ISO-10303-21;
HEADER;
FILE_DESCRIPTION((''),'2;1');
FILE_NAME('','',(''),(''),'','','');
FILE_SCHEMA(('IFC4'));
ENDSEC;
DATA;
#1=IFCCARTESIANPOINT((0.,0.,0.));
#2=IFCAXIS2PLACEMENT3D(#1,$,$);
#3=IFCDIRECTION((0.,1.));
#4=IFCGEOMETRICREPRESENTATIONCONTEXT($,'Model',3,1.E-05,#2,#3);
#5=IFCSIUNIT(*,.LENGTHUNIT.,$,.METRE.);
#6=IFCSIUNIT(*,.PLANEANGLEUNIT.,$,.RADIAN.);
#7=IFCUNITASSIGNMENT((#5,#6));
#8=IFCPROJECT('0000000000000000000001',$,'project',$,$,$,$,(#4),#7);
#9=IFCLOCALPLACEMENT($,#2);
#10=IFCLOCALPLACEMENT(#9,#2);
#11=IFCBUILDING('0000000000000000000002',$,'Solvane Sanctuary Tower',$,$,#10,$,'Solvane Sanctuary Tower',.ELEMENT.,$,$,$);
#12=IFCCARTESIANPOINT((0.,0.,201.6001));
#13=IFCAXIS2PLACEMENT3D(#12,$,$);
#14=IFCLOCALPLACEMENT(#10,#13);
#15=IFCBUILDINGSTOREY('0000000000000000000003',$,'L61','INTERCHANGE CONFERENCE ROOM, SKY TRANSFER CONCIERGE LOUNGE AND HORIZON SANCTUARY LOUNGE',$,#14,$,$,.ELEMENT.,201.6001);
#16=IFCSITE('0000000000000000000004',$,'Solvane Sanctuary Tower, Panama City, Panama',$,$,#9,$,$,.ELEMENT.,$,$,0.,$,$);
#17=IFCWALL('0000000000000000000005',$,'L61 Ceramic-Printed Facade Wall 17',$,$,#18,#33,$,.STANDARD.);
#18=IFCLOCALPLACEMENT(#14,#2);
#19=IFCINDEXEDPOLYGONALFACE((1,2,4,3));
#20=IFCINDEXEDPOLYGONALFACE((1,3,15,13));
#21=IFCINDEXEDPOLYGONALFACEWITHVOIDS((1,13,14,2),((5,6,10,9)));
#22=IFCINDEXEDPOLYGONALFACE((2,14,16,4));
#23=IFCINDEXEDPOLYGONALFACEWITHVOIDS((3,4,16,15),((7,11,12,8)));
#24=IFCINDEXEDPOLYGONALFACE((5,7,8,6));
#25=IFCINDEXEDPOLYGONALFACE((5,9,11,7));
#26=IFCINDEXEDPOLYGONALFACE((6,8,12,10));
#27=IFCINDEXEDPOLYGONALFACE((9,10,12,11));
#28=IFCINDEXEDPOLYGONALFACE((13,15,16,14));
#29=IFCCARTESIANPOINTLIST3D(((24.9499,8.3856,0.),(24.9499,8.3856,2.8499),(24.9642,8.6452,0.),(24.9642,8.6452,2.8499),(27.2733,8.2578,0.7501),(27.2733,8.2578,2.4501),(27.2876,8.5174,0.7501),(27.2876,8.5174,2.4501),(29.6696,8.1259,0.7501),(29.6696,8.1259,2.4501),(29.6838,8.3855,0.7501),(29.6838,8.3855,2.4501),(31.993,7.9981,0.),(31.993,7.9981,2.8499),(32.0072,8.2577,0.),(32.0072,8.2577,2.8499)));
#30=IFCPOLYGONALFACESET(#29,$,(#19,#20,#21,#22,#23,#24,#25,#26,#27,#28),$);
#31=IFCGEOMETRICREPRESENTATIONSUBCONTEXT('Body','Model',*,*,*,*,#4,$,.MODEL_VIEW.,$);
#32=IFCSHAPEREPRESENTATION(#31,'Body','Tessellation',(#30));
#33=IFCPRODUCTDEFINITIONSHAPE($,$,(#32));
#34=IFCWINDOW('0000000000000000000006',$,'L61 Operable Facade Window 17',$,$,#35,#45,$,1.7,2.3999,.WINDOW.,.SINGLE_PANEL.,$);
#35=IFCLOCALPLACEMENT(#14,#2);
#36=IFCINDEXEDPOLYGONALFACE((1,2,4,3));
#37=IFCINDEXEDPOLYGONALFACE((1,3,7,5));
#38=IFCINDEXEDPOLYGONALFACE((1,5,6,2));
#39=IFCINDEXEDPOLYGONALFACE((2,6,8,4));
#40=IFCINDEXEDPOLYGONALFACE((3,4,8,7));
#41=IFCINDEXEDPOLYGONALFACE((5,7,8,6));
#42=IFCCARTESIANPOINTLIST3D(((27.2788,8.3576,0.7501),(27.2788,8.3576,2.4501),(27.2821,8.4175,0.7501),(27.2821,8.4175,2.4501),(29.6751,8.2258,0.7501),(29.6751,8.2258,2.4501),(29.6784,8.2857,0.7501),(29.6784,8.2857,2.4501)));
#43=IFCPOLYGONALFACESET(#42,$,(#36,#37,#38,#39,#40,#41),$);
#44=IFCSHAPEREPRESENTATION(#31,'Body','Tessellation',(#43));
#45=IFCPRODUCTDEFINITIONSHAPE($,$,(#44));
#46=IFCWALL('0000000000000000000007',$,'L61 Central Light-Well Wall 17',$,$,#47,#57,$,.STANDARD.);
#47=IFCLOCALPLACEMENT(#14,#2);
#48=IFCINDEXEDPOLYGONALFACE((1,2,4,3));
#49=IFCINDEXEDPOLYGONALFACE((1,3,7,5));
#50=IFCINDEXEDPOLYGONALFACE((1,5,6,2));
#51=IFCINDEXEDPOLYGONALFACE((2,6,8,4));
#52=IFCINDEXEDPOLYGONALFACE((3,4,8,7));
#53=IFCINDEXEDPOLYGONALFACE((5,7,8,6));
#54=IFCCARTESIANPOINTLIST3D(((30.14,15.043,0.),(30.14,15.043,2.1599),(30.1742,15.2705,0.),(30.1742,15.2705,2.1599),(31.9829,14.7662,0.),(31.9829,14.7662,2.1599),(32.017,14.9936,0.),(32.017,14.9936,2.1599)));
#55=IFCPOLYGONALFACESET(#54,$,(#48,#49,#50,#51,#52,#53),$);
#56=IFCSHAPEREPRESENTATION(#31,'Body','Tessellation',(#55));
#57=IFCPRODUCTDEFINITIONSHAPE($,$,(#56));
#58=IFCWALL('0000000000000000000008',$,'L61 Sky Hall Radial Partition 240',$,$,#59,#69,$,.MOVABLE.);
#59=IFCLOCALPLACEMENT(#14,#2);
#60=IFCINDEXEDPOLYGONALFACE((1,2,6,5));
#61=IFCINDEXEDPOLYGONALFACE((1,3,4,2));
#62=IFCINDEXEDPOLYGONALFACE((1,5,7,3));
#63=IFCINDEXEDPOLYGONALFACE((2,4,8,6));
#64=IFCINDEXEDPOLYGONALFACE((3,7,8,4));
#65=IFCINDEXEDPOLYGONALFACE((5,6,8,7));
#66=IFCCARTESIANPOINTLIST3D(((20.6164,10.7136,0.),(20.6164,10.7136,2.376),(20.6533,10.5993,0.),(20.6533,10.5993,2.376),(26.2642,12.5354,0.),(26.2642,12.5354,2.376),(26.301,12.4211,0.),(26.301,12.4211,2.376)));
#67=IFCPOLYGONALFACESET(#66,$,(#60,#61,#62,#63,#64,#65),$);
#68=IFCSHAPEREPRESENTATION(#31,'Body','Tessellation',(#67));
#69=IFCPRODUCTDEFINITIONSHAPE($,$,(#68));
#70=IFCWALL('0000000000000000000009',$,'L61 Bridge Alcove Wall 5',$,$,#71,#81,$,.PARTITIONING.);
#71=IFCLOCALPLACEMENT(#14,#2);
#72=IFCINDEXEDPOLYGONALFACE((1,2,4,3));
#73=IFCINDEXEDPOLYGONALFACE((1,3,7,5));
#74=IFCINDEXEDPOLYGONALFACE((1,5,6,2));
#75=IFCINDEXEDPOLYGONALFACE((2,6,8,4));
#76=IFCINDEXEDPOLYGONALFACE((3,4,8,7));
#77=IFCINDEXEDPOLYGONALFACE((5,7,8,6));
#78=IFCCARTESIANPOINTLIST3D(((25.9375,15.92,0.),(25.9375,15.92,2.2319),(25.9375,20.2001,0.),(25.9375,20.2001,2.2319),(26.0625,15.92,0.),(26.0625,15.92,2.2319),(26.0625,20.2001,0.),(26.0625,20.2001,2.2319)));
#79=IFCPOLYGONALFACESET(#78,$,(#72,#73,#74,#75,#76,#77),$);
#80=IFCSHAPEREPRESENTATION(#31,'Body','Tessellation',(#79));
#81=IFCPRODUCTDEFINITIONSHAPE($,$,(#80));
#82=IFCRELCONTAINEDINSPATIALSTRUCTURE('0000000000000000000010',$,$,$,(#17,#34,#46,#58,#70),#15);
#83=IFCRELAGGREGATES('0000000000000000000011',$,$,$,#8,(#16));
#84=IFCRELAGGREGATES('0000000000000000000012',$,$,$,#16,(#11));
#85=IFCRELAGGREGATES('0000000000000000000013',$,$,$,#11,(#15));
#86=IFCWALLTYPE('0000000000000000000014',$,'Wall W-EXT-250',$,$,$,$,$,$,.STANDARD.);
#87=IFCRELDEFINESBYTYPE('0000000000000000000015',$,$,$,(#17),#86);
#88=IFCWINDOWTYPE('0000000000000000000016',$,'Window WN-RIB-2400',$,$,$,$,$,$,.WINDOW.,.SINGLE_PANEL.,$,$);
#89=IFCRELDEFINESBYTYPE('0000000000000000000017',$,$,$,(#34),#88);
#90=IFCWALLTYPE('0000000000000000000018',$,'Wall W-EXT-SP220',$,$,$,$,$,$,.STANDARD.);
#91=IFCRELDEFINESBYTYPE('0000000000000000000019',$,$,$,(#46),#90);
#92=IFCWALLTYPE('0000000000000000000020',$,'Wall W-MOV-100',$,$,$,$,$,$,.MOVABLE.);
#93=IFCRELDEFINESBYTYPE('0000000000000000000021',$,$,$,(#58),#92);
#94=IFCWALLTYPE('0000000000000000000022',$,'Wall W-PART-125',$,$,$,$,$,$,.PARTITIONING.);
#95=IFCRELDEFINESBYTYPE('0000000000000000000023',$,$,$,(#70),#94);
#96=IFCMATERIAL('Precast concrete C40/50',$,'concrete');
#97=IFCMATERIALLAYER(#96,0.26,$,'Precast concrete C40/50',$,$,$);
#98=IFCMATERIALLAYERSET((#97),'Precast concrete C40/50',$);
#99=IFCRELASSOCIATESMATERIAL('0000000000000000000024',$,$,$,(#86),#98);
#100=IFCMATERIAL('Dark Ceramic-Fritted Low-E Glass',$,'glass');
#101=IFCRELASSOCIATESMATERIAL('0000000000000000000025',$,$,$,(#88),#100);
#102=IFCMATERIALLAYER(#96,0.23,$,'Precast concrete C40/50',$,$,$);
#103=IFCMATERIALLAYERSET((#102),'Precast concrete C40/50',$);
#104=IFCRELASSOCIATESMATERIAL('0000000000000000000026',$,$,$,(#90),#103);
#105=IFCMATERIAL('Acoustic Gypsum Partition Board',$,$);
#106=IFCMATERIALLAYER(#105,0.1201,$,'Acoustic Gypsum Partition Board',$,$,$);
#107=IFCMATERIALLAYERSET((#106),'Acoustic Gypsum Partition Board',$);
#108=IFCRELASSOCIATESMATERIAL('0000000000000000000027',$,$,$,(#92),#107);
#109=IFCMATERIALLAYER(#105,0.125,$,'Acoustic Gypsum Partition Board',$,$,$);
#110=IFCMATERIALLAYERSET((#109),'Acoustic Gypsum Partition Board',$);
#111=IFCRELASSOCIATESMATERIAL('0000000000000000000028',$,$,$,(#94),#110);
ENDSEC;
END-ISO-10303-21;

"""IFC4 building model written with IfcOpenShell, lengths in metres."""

from ifc_helpers import new_model, si_unit, direction, frame, frame_2d, origin, place, context, subcontext, project, spatial, rectangle, extrude, material, layer, layer_set, type_object, element, fill, save


model = new_model("IFC4")

# Units and contexts
model_context = context("Model", 3, precision=1e-05, world=origin(), true_north=direction((0.0, 1.0)))
body_context = subcontext(model_context, "Body", "Model", "MODEL_VIEW")
ifc_project = project(units=[si_unit("LENGTHUNIT", "METRE"), si_unit("PLANEANGLEUNIT", "RADIAN")], contexts=[model_context])

# Site, building, storey
site_placement = place(None, origin())
site = spatial("IfcSite", under=ifc_project, at=site_placement, Name="Solvane Sanctuary Tower, Panama City, Panama", CompositionType="ELEMENT", RefElevation=0.0)
building_placement = place(site_placement, origin())
building = spatial("IfcBuilding", under=site, at=building_placement, Name="Solvane Sanctuary Tower", LongName="Solvane Sanctuary Tower", CompositionType="ELEMENT")
storey_placement = place(building_placement, frame((0.0, 0.0, 201.6001)))
storey = spatial("IfcBuildingStorey", under=building, at=storey_placement, Name="L61", Description="INTERCHANGE CONFERENCE ROOM, SKY TRANSFER CONCIERGE LOUNGE AND HORIZON SANCTUARY LOUNGE", CompositionType="ELEMENT", Elevation=201.6001)

# Shared definitions
ifc_material_1 = material(Name="Acoustic Gypsum Partition Board")

# Wall, opening, window
ifc_material_2 = material(Name="Precast concrete C40/50", Category="concrete")
ifc_layer_1 = layer(ifc_material_2, 0.26, Name="Precast concrete C40/50")
ifc_layer_set_1 = layer_set([ifc_layer_1], Name="Precast concrete C40/50")
wall_type_1 = type_object("IfcWallType", Name="Wall W-EXT-250", PredefinedType="STANDARD", material=ifc_layer_set_1)
ifc_material_3 = material(Name="Dark Ceramic-Fritted Low-E Glass", Category="glass")
wall_1_placement = place(storey_placement, frame((24.957, 8.5154, 0.0), z_axis=(0.0, 0.0, 1.0), x_axis=(0.99849, -0.054929, 0.0)))
wall_1 = element("IfcWall", 1, at=wall_1_placement, inside=storey, type_object=wall_type_1, Name="L61 Ceramic-Printed Facade Wall 17", PredefinedType="STANDARD", context=body_context, shape_type="SweptSolid", body=[
    extrude(rectangle(XDim=7.0537, YDim=0.26, at=frame_2d((3.5269, 0.0))), origin(), (0.0, 0.0, 1.0), 2.8499),
])
opening_1_placement = place(wall_1_placement, frame((2.3269, 0.0, 0.75)))
opening_1 = element("IfcOpeningElement", 2, at=opening_1_placement, cuts=wall_1, PredefinedType="OPENING", context=body_context, shape_type="SweptSolid", body=[
    extrude(rectangle(XDim=2.3999, YDim=1.7, at=frame_2d((1.2, 0.8501))), frame((0.0, 0.1399, 0.0), z_axis=(0.0, -1.0, 0.0), x_axis=(1.0, 0.0, 0.0)), (0.0, 0.0, 1.0), 0.28),
])
window_type_1 = type_object("IfcWindowType", Name="Window WN-RIB-2400", PartitioningType="SINGLE_PANEL", PredefinedType="WINDOW", material=ifc_material_3)
window_1_placement = place(opening_1_placement, origin())
window_1 = element("IfcWindow", 3, at=window_1_placement, inside=storey, type_object=window_type_1, Name="L61 Operable Facade Window 17", OverallHeight=1.7, OverallWidth=2.3999, PartitioningType="SINGLE_PANEL", PredefinedType="WINDOW", context=body_context, shape_type="SweptSolid", body=[
    extrude(rectangle(XDim=2.3999, YDim=1.7, at=frame_2d((1.2, 0.8501))), frame((0.0, 0.03, 0.0), z_axis=(0.0, -1.0, 0.0), x_axis=(1.0, 0.0, 0.0)), (0.0, 0.0, 1.0), 0.0601),
])
fill(opening_1, window_1)

# Walls
ifc_layer_2 = layer(ifc_material_2, 0.23, Name="Precast concrete C40/50")
ifc_layer_set_2 = layer_set([ifc_layer_2], Name="Precast concrete C40/50")
wall_type_2 = type_object("IfcWallType", Name="Wall W-EXT-SP220", PredefinedType="STANDARD", material=ifc_layer_set_2)
wall_2_placement = place(storey_placement, frame((30.1572, 15.1567, 0.0), z_axis=(0.0, 0.0, 1.0), x_axis=(0.988902, -0.148571, 0.0)))
element("IfcWall", 4, at=wall_2_placement, inside=storey, type_object=wall_type_2, Name="L61 Central Light-Well Wall 17", PredefinedType="STANDARD", context=body_context, shape_type="SweptSolid", body=[
    extrude(rectangle(XDim=1.8635, YDim=0.23, at=frame_2d((0.9316, 0.0))), origin(), (0.0, 0.0, 1.0), 2.1599),
])
ifc_layer_3 = layer(ifc_material_1, 0.1201, Name="Acoustic Gypsum Partition Board")
ifc_layer_set_3 = layer_set([ifc_layer_3], Name="Acoustic Gypsum Partition Board")
wall_type_3 = type_object("IfcWallType", Name="Wall W-MOV-100", PredefinedType="MOVABLE", material=ifc_layer_set_3)
wall_3_placement = place(storey_placement, frame((26.2827, 12.4783, 0.0), z_axis=(0.0, 0.0, 1.0), x_axis=(-0.951712, -0.306993, 0.0)))
element("IfcWall", 5, at=wall_3_placement, inside=storey, type_object=wall_type_3, Name="L61 Sky Hall Radial Partition 240", PredefinedType="MOVABLE", context=body_context, shape_type="SweptSolid", body=[
    extrude(rectangle(XDim=5.9343, YDim=0.1201, at=frame_2d((2.9673, 0.0))), origin(), (0.0, 0.0, 1.0), 2.376),
])
ifc_layer_4 = layer(ifc_material_1, 0.125, Name="Acoustic Gypsum Partition Board")
ifc_layer_set_4 = layer_set([ifc_layer_4], Name="Acoustic Gypsum Partition Board")
wall_type_4 = type_object("IfcWallType", Name="Wall W-PART-125", PredefinedType="PARTITIONING", material=ifc_layer_set_4)
wall_4_placement = place(storey_placement, frame((26.0, 15.9199, 0.0), z_axis=(0.0, 0.0, 1.0), x_axis=(0.0, 1.0, 0.0)))
element("IfcWall", 6, at=wall_4_placement, inside=storey, type_object=wall_type_4, Name="L61 Bridge Alcove Wall 5", PredefinedType="PARTITIONING", context=body_context, shape_type="SweptSolid", body=[
    extrude(rectangle(XDim=4.28, YDim=0.125, at=frame_2d((2.1401, 0.0))), origin(), (0.0, 0.0, 1.0), 2.2319),
])

save(model, "model.ifc")
